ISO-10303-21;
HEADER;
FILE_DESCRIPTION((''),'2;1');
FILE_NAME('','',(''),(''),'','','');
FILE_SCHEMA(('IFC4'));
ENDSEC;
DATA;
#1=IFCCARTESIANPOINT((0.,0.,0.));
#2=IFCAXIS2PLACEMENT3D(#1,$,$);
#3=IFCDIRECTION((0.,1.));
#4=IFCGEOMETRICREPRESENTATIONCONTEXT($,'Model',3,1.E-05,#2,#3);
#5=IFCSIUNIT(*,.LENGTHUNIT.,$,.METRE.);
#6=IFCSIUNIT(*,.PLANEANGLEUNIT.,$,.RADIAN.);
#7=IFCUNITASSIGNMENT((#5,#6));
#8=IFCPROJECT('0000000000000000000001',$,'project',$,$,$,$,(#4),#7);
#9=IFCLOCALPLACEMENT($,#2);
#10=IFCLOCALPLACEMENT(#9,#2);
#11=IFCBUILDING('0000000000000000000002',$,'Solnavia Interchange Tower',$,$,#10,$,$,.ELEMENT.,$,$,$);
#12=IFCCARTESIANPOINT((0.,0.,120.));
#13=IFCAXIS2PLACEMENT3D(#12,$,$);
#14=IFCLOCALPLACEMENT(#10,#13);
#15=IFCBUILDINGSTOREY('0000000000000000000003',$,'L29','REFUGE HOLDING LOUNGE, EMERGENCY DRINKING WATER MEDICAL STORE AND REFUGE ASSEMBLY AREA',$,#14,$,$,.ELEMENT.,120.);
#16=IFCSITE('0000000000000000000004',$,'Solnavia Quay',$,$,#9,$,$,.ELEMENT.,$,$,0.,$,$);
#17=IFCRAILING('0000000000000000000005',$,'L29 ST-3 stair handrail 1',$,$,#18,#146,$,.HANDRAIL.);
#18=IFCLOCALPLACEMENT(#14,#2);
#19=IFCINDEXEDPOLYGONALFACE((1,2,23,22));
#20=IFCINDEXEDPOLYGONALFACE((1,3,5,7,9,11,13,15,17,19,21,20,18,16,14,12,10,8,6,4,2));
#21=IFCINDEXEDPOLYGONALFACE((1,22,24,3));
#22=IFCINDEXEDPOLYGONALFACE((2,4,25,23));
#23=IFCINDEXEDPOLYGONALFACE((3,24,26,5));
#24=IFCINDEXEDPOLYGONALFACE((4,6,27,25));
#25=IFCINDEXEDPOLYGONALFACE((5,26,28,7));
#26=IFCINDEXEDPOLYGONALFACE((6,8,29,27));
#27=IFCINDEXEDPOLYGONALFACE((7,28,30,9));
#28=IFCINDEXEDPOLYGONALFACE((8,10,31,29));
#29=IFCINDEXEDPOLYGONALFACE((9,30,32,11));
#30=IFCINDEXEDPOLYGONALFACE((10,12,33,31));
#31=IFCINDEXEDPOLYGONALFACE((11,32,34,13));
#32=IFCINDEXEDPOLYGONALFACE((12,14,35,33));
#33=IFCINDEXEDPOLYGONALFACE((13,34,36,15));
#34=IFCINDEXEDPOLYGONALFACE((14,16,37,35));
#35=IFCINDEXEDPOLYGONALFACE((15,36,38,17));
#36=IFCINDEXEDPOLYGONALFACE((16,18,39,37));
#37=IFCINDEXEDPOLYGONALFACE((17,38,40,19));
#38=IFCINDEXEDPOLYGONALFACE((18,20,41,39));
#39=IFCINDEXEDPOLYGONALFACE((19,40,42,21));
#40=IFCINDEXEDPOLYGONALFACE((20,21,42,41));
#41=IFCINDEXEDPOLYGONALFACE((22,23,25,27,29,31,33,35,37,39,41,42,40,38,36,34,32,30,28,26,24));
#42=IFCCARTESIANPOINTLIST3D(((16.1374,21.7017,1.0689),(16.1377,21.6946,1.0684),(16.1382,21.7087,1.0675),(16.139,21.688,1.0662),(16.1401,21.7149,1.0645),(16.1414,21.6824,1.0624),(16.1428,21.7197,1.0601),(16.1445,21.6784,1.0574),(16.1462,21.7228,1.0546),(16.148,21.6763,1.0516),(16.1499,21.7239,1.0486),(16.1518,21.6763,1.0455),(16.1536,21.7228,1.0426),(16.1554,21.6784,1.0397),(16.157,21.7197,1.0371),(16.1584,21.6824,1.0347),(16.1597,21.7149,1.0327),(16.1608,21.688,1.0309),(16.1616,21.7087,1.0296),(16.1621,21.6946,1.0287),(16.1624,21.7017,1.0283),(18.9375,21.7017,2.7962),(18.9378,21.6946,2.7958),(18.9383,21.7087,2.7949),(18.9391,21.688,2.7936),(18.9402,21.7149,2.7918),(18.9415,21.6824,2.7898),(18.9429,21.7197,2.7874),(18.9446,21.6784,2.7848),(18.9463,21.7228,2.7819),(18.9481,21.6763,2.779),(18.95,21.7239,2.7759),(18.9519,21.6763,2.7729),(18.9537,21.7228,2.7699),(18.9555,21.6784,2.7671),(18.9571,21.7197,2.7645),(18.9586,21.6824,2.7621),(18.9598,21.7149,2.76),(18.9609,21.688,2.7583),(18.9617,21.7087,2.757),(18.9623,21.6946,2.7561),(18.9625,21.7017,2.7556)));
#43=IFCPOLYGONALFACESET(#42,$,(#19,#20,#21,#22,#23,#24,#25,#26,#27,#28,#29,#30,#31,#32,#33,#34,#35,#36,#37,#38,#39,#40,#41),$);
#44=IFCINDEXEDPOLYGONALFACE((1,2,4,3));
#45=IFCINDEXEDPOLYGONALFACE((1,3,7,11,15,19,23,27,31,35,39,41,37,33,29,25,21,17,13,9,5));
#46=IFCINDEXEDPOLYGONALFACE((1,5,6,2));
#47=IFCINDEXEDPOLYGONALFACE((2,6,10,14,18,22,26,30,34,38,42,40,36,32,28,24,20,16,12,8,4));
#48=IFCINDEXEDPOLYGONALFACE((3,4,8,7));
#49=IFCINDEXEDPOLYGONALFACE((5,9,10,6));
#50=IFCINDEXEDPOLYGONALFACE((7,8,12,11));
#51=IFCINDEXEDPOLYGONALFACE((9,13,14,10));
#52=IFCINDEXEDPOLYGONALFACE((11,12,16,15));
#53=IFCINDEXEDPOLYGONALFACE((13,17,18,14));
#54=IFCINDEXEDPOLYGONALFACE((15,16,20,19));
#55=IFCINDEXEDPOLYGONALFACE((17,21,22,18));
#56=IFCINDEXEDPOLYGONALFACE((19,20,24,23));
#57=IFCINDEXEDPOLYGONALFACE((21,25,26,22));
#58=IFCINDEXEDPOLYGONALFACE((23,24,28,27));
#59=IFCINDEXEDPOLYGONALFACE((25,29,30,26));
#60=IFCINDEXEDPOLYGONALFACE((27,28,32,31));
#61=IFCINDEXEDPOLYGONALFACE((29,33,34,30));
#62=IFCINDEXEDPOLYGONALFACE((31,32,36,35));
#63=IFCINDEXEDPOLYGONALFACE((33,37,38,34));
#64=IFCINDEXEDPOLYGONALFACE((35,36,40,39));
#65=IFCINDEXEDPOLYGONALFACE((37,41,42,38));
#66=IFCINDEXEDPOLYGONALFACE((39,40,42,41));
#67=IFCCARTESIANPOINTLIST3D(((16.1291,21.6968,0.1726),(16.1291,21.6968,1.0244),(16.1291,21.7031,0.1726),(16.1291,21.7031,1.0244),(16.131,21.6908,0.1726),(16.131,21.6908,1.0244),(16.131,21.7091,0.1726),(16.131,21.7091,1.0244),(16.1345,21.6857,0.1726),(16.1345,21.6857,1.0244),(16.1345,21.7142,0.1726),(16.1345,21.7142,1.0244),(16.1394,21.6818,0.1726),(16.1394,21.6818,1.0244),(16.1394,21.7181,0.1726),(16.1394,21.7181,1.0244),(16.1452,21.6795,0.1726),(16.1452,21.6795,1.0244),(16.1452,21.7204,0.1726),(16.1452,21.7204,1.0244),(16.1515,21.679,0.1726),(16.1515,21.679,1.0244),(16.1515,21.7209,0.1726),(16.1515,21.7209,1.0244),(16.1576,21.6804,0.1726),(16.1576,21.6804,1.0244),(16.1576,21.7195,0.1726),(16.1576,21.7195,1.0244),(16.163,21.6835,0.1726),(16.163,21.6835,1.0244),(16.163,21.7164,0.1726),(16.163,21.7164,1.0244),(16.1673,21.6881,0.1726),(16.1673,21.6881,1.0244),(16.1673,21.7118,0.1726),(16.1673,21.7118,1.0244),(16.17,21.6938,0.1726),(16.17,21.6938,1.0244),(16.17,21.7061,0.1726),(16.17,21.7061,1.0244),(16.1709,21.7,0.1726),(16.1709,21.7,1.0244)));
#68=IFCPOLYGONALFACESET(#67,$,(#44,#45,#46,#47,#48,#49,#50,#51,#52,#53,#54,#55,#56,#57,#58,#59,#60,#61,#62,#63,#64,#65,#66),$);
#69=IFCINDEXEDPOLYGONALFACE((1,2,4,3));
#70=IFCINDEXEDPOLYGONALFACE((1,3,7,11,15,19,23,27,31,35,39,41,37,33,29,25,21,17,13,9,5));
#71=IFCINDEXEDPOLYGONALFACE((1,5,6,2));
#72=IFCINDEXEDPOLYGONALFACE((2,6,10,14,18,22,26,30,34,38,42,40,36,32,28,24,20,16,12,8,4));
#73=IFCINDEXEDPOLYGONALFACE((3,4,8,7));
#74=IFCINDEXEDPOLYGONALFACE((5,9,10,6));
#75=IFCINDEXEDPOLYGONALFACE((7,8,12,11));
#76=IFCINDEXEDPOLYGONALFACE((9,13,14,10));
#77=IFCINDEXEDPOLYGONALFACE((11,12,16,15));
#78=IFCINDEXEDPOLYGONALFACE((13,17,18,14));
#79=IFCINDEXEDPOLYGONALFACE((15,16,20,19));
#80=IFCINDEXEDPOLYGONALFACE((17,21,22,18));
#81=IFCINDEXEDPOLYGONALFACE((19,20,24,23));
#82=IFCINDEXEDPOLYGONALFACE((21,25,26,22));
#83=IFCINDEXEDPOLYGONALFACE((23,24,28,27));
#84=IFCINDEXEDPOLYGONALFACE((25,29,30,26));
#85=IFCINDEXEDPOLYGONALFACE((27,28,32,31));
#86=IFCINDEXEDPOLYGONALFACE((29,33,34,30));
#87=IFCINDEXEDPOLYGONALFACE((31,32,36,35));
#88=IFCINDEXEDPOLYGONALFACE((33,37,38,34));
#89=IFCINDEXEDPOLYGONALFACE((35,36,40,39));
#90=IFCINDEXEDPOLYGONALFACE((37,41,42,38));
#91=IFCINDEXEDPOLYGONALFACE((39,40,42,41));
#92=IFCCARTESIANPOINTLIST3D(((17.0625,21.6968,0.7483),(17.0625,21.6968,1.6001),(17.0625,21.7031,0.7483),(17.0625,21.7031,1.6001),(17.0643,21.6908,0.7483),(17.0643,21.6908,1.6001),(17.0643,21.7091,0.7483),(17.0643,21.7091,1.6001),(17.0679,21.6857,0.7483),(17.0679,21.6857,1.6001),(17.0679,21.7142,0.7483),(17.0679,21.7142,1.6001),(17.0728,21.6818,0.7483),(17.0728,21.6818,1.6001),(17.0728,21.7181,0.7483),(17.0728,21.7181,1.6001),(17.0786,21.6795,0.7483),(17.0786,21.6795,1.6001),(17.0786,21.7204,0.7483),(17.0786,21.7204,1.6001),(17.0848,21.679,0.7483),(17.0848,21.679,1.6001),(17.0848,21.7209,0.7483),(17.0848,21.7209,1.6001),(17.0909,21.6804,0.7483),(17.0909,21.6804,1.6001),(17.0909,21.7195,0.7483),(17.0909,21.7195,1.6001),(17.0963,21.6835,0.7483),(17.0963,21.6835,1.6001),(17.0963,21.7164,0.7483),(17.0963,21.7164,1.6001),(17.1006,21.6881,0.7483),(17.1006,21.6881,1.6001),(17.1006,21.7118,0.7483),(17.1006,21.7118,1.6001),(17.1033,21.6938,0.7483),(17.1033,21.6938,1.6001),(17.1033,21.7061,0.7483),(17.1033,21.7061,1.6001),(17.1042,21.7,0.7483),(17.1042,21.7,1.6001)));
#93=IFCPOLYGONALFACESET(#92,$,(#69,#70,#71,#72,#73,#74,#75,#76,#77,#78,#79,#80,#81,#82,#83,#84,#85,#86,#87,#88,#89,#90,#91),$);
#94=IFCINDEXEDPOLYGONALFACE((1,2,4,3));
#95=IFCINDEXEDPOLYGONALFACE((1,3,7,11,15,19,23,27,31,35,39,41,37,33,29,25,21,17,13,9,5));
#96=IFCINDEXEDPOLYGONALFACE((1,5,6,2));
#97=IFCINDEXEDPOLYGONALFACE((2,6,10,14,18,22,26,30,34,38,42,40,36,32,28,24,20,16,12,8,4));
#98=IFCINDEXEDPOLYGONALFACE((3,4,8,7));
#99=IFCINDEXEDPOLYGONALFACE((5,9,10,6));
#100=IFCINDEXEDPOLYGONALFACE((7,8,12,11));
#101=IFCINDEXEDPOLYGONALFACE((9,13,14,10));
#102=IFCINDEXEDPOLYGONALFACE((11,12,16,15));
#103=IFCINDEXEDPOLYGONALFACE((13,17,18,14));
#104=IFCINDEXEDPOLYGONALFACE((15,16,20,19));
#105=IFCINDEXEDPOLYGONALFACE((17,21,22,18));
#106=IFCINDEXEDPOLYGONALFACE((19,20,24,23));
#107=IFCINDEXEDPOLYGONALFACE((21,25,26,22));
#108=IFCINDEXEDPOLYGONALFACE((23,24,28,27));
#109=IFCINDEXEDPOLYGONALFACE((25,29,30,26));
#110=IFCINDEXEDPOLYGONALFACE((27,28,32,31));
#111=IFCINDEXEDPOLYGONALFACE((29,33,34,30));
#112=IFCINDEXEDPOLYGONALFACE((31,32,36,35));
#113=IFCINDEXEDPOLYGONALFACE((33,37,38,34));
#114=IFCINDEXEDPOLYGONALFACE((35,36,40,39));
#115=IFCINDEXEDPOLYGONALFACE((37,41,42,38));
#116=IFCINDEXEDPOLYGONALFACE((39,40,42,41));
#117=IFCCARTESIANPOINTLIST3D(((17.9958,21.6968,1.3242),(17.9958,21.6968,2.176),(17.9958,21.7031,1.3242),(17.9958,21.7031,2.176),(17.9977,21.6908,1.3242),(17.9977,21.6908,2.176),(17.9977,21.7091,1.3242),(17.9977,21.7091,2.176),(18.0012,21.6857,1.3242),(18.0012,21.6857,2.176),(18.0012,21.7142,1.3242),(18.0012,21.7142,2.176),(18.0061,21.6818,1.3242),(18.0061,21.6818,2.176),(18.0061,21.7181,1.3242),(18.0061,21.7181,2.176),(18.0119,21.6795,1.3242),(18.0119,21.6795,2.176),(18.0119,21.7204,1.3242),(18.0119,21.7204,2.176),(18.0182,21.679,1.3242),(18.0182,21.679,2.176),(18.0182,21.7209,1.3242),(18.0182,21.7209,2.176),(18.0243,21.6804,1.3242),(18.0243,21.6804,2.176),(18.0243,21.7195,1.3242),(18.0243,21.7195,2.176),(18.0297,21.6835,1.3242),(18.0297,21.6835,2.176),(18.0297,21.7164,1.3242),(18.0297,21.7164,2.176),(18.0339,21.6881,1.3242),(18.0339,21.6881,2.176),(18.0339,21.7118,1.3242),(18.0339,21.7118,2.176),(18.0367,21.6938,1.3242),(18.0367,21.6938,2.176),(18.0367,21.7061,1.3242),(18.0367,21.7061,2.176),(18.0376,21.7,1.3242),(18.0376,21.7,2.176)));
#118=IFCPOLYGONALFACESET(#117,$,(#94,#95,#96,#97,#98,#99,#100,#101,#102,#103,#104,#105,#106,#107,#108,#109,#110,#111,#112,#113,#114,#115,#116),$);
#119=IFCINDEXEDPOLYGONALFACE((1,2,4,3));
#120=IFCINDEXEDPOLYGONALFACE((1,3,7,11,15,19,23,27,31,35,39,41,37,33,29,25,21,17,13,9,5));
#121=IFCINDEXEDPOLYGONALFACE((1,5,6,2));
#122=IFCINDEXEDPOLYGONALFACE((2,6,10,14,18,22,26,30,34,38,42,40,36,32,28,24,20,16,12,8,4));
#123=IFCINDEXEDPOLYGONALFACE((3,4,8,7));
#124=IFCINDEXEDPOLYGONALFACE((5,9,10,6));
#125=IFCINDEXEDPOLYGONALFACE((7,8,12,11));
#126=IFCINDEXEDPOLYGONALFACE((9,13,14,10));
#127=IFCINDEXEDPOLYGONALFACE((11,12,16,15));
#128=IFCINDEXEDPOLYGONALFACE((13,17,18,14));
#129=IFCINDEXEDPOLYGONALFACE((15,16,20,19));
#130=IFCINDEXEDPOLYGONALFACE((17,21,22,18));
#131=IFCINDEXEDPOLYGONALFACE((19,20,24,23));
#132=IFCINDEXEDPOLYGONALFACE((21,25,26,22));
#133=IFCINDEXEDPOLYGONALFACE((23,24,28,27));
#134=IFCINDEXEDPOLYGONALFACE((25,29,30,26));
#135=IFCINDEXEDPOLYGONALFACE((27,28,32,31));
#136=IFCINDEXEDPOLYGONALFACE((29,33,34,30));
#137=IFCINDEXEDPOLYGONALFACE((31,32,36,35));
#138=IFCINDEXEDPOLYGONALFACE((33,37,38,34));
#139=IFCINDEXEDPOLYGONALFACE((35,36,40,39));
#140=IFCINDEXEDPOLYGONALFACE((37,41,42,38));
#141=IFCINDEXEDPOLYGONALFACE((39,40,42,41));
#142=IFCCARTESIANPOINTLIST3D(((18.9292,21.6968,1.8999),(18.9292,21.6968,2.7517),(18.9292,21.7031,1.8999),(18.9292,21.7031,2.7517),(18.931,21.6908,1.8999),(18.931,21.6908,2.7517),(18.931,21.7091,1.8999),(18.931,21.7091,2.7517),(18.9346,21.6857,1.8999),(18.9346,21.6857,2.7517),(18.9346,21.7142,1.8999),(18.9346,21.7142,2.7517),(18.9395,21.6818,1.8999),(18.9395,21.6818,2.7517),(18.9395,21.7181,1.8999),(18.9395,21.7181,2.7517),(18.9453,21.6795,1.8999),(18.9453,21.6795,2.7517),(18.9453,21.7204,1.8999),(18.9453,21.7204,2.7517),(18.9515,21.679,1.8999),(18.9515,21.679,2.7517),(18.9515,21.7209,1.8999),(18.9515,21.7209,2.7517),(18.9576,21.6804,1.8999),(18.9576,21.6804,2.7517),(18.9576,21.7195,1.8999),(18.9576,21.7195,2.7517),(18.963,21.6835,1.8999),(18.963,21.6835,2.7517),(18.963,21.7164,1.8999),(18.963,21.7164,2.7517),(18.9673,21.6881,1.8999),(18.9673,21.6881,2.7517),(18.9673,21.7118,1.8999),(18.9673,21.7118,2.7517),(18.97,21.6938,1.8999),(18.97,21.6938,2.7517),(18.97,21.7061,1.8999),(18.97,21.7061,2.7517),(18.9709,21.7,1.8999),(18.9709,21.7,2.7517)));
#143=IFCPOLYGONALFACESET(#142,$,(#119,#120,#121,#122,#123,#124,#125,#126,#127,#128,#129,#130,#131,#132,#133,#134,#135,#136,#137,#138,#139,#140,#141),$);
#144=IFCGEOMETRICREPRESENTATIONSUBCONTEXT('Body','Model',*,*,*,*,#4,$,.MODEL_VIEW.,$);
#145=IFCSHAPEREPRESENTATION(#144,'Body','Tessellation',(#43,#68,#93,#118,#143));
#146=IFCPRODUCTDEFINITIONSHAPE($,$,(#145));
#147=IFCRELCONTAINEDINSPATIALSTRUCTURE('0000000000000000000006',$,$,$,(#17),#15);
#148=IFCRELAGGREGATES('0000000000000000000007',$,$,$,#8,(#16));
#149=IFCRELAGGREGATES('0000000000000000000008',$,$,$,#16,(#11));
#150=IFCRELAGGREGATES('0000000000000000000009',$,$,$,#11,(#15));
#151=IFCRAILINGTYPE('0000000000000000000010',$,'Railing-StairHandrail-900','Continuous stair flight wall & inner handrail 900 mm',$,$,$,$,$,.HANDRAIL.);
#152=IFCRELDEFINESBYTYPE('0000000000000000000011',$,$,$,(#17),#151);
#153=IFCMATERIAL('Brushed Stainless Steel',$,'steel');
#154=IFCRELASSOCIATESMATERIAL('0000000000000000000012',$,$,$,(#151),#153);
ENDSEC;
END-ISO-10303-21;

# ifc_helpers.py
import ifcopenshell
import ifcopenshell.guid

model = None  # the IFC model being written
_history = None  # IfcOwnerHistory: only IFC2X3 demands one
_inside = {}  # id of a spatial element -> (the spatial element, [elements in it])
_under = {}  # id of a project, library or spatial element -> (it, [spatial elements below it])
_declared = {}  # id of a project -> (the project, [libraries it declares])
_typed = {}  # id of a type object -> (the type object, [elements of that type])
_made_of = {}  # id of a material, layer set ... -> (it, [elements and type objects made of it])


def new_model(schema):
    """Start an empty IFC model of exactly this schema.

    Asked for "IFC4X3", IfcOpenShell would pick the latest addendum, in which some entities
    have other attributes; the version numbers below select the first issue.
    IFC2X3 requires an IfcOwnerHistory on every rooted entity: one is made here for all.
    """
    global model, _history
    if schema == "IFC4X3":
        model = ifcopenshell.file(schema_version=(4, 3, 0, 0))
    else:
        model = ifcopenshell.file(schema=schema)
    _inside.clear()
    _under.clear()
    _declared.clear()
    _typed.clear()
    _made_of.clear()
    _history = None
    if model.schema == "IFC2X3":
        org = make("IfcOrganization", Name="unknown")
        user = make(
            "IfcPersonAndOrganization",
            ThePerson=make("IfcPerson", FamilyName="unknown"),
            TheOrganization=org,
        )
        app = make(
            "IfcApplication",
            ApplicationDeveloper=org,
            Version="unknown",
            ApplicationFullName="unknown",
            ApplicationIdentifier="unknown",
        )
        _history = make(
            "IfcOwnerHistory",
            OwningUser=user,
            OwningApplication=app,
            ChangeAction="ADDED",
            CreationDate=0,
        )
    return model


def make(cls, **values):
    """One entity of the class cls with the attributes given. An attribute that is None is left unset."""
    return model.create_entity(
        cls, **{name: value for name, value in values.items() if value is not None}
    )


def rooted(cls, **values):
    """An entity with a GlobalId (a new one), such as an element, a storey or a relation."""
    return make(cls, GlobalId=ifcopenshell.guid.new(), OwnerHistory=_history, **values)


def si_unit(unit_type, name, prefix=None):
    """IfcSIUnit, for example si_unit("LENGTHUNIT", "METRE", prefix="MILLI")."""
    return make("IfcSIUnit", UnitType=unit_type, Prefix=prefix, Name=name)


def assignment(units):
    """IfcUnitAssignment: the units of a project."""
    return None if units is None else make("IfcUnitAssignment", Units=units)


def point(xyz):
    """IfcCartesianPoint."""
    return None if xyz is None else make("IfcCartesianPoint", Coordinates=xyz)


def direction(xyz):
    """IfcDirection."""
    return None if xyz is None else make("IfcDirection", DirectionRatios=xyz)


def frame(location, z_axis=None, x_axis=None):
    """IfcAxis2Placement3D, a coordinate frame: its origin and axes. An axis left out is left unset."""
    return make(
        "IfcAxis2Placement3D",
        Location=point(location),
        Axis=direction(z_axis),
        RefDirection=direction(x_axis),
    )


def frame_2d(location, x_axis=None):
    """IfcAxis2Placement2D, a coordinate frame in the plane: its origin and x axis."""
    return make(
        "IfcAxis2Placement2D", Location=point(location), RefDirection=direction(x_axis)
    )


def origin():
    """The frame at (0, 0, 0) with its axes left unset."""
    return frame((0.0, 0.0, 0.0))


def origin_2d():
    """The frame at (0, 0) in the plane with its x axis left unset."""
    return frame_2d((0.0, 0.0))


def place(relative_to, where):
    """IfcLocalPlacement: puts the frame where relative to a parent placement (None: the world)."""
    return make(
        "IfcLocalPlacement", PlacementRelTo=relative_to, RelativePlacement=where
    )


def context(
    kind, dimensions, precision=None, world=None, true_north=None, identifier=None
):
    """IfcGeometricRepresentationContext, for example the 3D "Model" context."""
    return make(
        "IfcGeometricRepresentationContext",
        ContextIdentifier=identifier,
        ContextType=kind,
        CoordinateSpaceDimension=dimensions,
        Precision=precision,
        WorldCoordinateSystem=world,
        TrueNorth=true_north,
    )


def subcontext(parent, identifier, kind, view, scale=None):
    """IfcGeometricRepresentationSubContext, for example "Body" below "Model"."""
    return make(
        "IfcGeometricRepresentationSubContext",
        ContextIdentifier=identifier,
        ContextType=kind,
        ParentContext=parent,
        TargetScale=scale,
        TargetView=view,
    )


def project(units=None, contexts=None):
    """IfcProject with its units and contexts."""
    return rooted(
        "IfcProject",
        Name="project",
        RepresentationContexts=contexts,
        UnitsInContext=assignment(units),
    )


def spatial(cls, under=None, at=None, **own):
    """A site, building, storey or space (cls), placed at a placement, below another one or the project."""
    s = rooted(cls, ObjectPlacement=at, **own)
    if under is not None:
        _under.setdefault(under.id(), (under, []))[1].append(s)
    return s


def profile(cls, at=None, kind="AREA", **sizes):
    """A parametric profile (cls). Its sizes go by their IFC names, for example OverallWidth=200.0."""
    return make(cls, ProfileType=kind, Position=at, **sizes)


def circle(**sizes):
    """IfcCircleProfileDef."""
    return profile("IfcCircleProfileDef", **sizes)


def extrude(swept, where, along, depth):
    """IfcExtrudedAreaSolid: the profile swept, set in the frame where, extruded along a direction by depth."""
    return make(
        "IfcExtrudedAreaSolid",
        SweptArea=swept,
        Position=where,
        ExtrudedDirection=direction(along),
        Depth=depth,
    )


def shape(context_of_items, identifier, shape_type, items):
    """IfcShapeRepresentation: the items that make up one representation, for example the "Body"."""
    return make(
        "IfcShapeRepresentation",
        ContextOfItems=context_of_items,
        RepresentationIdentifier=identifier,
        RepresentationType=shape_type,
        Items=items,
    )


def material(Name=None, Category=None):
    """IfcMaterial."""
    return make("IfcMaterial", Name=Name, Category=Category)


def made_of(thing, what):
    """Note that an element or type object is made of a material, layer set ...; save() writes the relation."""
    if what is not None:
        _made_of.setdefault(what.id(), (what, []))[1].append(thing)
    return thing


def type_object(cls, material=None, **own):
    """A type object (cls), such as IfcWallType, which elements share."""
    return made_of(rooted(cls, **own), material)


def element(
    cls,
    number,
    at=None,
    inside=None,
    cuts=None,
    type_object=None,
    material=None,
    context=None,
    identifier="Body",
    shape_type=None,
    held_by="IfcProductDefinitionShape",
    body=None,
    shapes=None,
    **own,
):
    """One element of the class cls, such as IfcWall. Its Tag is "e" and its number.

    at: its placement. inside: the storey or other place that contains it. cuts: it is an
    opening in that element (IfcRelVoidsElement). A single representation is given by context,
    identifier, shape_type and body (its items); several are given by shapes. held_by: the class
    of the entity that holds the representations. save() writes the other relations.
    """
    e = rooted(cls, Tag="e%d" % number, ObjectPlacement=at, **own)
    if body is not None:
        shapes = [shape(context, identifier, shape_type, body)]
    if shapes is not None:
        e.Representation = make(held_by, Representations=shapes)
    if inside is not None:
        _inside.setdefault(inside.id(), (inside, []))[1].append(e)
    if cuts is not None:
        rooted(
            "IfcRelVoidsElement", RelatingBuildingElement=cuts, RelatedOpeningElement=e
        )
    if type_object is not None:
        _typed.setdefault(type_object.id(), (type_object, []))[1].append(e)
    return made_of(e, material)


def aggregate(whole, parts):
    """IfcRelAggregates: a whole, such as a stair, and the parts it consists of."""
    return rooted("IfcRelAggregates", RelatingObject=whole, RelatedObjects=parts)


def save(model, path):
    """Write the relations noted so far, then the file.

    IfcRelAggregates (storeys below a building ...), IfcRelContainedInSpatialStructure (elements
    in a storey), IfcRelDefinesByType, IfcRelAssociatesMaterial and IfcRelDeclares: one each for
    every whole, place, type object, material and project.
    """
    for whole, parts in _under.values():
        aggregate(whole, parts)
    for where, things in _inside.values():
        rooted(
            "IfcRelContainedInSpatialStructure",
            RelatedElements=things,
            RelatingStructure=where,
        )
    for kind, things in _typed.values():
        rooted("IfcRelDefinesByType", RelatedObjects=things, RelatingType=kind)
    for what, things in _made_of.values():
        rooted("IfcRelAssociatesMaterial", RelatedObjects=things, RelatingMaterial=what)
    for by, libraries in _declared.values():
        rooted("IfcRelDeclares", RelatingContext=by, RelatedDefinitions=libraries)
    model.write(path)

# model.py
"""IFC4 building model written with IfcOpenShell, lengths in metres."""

from ifc_helpers import new_model, si_unit, direction, frame, origin, origin_2d, place, context, subcontext, project, spatial, circle, extrude, material, type_object, element, save


model = new_model("IFC4")

# Units and contexts
model_context = context("Model", 3, precision=1e-05, world=origin(), true_north=direction((0.0, 1.0)))
body_context = subcontext(model_context, "Body", "Model", "MODEL_VIEW")
ifc_project = project(units=[si_unit("LENGTHUNIT", "METRE"), si_unit("PLANEANGLEUNIT", "RADIAN")], contexts=[model_context])

# Site, building, storey
site_placement = place(None, origin())
site = spatial("IfcSite", under=ifc_project, at=site_placement, Name="Solnavia Quay", CompositionType="ELEMENT", RefElevation=0.0)
building_placement = place(site_placement, origin())
building = spatial("IfcBuilding", under=site, at=building_placement, Name="Solnavia Interchange Tower", CompositionType="ELEMENT")
storey_placement = place(building_placement, frame((0.0, 0.0, 120.0)))
storey = spatial("IfcBuildingStorey", under=building, at=storey_placement, Name="L29", Description="REFUGE HOLDING LOUNGE, EMERGENCY DRINKING WATER MEDICAL STORE AND REFUGE ASSEMBLY AREA", CompositionType="ELEMENT", Elevation=120.0)

# Railing
ifc_material_1 = material(Name="Brushed Stainless Steel", Category="steel")
railing_type_1 = type_object("IfcRailingType", Name="Railing-StairHandrail-900", Description="Continuous stair flight wall & inner handrail 900 mm", PredefinedType="HANDRAIL", material=ifc_material_1)
railing_1_placement = place(storey_placement, frame((16.1499, 21.7, 0.1726)))
element("IfcRailing", 1, at=railing_1_placement, inside=storey, type_object=railing_type_1, Name="L29 ST-3 stair handrail 1", PredefinedType="HANDRAIL", context=body_context, shape_type="SweptSolid", body=[
    extrude(circle(Radius=0.0239, at=origin_2d()), frame((0.0, 0.0, 0.876), z_axis=(0.85109, 0.0, 0.52502), x_axis=(0.0, 1.0, 0.0)), (0.0, 0.0, 1.0), 3.29),
    extrude(circle(Radius=0.021, at=origin_2d()), origin(), (0.0, 0.0, 1.0), 0.8518),
    extrude(circle(Radius=0.021, at=origin_2d()), frame((0.9333, 0.0, 0.5757)), (0.0, 0.0, 1.0), 0.8518),
    extrude(circle(Radius=0.021, at=origin_2d()), frame((1.8667, 0.0, 1.1516)), (0.0, 0.0, 1.0), 0.8518),
    extrude(circle(Radius=0.021, at=origin_2d()), frame((2.8, 0.0, 1.7273)), (0.0, 0.0, 1.0), 0.8518),
])

save(model, "model.ifc")
